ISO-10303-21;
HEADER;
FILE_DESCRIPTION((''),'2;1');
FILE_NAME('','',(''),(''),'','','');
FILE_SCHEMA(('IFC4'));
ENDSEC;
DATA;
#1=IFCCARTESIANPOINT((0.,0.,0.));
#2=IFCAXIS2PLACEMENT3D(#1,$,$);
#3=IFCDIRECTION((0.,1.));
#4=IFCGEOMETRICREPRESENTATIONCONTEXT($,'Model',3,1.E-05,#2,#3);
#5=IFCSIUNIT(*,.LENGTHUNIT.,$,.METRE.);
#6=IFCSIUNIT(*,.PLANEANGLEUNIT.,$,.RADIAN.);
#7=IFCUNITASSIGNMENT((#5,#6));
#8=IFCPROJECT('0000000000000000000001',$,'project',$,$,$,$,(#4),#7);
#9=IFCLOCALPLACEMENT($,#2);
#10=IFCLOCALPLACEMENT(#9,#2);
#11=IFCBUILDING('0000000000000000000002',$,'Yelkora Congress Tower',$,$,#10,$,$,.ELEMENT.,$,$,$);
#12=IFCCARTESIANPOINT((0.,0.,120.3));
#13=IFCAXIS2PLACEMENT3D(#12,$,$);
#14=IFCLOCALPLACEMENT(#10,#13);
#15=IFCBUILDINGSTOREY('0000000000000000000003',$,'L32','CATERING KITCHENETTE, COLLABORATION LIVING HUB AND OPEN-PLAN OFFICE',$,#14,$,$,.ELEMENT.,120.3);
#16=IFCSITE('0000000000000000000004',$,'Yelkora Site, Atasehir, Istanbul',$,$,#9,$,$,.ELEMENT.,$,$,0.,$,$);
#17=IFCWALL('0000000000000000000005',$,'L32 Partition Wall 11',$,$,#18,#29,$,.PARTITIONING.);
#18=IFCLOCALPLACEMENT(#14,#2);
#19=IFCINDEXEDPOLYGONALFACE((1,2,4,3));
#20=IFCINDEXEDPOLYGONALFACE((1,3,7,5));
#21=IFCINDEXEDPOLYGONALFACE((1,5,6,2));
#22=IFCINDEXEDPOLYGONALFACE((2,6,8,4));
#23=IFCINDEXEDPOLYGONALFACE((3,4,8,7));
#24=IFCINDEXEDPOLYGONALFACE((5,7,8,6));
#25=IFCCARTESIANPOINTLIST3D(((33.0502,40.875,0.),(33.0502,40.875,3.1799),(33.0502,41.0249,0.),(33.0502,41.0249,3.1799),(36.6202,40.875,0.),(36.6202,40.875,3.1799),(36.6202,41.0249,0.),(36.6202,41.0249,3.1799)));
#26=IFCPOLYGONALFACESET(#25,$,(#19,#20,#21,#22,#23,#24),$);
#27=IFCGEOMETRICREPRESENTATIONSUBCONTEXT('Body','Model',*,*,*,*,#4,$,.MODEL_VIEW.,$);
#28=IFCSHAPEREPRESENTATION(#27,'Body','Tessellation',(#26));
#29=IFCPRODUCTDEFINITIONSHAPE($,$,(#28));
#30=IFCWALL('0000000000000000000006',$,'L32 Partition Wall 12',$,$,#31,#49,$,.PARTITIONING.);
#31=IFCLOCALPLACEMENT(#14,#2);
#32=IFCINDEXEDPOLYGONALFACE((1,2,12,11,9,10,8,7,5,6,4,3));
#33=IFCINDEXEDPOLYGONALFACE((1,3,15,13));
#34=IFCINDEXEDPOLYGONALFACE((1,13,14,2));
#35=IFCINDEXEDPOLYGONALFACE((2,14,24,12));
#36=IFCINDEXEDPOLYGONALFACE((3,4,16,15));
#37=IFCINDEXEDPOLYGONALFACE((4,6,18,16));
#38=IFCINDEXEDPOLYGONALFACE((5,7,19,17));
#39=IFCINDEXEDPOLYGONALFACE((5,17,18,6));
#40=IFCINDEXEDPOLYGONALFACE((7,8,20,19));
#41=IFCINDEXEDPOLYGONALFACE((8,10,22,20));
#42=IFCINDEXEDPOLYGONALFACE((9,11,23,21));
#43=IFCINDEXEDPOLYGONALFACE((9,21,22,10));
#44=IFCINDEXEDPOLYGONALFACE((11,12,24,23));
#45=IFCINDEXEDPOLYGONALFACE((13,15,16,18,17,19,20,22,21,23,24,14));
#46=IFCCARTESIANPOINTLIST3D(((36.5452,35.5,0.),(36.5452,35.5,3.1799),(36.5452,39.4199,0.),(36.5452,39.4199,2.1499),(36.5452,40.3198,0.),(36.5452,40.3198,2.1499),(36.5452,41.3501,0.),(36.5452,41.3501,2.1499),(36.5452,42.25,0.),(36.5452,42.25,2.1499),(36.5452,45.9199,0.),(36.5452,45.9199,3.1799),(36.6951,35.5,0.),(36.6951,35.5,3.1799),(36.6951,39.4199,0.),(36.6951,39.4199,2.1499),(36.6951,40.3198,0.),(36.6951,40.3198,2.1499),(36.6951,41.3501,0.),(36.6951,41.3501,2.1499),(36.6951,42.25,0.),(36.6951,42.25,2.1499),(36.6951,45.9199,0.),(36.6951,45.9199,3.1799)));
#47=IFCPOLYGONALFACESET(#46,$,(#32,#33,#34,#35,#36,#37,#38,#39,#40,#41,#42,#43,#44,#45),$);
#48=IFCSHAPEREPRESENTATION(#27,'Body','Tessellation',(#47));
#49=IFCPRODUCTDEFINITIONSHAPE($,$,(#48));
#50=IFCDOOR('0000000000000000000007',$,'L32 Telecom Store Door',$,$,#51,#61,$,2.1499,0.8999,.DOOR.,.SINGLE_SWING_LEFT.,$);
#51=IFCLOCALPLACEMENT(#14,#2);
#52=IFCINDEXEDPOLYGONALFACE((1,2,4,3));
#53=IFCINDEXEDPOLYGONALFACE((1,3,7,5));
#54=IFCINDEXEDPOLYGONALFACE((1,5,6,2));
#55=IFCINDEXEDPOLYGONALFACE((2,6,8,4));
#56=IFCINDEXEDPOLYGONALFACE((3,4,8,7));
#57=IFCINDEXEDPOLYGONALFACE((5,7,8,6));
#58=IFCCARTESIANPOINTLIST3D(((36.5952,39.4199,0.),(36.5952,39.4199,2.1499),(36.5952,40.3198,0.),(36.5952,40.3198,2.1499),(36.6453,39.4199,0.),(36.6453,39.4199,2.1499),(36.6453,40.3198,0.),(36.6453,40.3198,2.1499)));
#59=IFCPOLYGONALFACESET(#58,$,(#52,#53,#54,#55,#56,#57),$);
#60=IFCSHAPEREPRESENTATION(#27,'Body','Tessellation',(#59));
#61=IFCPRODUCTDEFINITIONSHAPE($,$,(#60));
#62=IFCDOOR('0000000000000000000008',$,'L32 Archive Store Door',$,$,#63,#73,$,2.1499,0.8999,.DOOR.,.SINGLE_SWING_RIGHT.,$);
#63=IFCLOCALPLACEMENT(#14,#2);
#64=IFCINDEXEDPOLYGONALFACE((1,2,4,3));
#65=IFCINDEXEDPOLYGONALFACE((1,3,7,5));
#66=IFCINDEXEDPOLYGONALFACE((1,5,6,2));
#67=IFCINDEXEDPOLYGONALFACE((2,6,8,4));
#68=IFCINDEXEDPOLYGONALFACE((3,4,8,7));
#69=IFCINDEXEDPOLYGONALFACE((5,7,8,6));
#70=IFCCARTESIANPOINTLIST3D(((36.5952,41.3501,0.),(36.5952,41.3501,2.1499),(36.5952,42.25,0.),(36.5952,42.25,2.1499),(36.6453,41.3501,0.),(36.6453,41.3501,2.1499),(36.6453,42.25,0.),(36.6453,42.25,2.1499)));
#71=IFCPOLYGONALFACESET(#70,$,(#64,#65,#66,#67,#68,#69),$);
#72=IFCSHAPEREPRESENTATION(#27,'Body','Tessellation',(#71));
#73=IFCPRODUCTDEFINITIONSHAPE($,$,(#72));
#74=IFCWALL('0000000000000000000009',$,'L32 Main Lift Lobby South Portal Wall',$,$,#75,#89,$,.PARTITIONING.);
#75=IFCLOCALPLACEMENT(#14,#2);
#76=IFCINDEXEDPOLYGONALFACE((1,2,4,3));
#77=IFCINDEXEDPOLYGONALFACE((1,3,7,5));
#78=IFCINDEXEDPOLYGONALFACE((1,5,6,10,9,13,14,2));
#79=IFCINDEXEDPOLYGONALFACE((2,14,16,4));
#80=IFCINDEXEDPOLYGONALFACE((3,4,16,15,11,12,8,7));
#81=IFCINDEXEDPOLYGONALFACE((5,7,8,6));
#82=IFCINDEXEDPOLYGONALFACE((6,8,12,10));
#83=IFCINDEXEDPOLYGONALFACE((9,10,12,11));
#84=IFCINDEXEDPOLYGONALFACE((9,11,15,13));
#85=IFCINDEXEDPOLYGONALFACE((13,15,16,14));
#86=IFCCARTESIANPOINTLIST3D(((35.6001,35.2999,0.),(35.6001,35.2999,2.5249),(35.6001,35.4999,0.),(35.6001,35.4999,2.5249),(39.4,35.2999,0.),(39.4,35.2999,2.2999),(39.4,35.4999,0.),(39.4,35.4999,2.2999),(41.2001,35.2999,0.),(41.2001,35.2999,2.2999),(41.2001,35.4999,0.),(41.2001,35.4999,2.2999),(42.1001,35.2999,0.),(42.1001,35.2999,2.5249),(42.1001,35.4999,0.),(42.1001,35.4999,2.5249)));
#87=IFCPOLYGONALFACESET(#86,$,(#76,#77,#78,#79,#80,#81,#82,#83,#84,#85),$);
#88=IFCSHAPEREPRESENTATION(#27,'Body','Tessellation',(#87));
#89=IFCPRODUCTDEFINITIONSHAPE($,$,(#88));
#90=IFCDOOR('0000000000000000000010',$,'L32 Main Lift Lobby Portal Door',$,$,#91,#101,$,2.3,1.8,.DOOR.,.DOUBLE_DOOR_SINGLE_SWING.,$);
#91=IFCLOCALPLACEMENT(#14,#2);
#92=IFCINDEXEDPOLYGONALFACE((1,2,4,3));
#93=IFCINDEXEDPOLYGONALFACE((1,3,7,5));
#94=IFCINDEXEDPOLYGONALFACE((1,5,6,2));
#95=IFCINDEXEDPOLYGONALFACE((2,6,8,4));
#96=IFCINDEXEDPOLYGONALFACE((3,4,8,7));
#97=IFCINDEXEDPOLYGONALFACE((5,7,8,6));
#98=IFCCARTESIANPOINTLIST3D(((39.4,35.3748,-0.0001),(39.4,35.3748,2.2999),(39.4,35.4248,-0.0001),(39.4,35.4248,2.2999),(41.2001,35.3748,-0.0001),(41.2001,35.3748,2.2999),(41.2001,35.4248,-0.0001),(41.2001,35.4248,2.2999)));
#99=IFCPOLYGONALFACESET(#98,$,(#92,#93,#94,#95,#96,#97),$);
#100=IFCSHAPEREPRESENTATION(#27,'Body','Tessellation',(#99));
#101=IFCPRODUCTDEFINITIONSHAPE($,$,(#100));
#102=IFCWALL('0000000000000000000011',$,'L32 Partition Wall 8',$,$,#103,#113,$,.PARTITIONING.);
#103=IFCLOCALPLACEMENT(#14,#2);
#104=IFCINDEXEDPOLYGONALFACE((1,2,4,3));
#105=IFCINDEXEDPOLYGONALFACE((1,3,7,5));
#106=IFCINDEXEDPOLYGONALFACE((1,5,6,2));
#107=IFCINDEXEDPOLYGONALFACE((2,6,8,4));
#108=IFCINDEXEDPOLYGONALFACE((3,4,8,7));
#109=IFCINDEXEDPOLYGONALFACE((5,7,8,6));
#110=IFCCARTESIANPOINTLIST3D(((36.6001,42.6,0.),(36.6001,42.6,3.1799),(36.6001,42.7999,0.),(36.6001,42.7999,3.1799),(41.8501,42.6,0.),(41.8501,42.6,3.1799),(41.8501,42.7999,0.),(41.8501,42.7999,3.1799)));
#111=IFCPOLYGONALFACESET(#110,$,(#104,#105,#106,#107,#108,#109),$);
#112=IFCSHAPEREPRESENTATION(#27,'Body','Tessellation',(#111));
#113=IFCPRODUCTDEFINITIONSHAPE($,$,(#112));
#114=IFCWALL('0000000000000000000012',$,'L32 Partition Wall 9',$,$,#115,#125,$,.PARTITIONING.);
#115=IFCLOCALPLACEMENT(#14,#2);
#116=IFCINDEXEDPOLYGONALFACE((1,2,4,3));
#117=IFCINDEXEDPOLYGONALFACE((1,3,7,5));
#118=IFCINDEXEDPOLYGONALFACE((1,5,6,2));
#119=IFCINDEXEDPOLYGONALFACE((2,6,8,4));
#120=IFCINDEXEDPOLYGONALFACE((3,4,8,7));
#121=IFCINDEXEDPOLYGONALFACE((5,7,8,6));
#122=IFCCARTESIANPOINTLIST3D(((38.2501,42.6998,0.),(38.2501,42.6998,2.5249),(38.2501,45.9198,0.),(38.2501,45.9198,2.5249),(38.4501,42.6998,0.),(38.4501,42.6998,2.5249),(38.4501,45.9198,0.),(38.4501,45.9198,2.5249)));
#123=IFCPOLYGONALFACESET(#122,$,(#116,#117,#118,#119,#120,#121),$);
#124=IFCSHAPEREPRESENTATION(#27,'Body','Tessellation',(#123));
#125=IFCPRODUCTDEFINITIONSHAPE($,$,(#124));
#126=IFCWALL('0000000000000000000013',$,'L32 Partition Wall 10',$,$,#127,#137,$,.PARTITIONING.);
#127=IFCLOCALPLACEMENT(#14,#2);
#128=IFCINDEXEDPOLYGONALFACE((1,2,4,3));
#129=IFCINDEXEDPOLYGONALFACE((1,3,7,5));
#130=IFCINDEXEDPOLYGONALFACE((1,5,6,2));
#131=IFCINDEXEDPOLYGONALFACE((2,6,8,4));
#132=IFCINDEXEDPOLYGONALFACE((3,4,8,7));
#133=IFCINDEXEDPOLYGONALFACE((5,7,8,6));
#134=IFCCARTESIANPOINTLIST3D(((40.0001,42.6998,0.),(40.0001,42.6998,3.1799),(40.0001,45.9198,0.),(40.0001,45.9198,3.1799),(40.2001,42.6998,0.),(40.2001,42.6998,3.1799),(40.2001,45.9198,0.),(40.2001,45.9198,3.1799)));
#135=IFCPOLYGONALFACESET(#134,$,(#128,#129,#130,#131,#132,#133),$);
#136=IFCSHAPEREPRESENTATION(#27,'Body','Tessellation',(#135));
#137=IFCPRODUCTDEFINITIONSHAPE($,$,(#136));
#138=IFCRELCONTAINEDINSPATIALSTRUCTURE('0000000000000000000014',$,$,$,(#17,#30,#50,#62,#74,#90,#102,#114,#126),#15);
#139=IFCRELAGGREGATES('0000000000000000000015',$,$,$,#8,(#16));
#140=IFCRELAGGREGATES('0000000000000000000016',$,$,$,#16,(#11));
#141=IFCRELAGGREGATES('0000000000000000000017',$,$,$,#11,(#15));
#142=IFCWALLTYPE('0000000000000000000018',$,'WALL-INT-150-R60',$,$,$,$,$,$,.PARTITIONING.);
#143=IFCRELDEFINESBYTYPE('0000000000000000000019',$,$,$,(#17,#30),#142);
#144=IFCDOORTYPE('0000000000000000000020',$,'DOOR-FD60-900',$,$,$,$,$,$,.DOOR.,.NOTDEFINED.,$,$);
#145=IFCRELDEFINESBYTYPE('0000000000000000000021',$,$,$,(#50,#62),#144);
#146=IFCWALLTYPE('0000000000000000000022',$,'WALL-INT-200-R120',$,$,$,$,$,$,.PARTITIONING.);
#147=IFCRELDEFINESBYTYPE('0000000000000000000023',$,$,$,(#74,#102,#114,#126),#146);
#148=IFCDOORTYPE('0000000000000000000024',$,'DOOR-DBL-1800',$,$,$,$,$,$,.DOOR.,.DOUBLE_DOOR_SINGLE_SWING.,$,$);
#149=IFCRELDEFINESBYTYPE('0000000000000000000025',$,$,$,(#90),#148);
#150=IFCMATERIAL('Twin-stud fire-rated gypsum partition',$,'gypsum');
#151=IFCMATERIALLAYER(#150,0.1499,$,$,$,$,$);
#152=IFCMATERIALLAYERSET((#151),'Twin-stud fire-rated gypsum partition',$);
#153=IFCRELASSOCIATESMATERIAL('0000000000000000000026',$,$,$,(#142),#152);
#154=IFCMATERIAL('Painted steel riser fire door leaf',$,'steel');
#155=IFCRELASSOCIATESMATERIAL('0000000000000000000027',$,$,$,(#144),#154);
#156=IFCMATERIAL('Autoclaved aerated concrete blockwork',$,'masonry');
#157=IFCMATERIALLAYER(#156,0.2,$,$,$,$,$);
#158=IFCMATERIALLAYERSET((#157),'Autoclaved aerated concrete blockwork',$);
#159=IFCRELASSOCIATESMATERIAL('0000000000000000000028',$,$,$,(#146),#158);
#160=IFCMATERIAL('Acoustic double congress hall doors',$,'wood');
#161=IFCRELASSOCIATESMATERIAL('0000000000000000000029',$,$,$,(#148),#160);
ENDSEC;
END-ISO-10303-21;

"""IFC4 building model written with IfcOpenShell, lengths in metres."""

from ifc_helpers import new_model, si_unit, direction, frame, frame_2d, origin, place, context, subcontext, project, spatial, rectangle, extrude, material, layer, layer_set, type_object, element, fill, save


model = new_model("IFC4")

# Units and contexts
model_context = context("Model", 3, precision=1e-05, world=origin(), true_north=direction((0.0, 1.0)))
body_context = subcontext(model_context, "Body", "Model", "MODEL_VIEW")
ifc_project = project(units=[si_unit("LENGTHUNIT", "METRE"), si_unit("PLANEANGLEUNIT", "RADIAN")], contexts=[model_context])

# Site, building, storey
site_placement = place(None, origin())
site = spatial("IfcSite", under=ifc_project, at=site_placement, Name="Yelkora Site, Atasehir, Istanbul", CompositionType="ELEMENT", RefElevation=0.0)
building_placement = place(site_placement, origin())
building = spatial("IfcBuilding", under=site, at=building_placement, Name="Yelkora Congress Tower", CompositionType="ELEMENT")
storey_placement = place(building_placement, frame((0.0, 0.0, 120.3)))
storey = spatial("IfcBuildingStorey", under=building, at=storey_placement, Name="L32", Description="CATERING KITCHENETTE, COLLABORATION LIVING HUB AND OPEN-PLAN OFFICE", CompositionType="ELEMENT", Elevation=120.3)

# Wall
ifc_material_1 = material(Name="Twin-stud fire-rated gypsum partition", Category="gypsum")
ifc_layer_1 = layer(ifc_material_1, 0.1499)
ifc_layer_set_1 = layer_set([ifc_layer_1], Name="Twin-stud fire-rated gypsum partition")
wall_type_1 = type_object("IfcWallType", Name="WALL-INT-150-R60", PredefinedType="PARTITIONING", material=ifc_layer_set_1)
wall_1_placement = place(storey_placement, frame((33.05, 40.95, 0.0), z_axis=(0.0, 0.0, 1.0), x_axis=(1.0, 0.0, 0.0)))
element("IfcWall", 1, at=wall_1_placement, inside=storey, type_object=wall_type_1, Name="L32 Partition Wall 11", PredefinedType="PARTITIONING", context=body_context, shape_type="SweptSolid", body=[
    extrude(rectangle(XDim=3.5701, YDim=0.1499, at=frame_2d((1.7852, 0.0))), origin(), (0.0, 0.0, 1.0), 3.1799),
])

# Wall, openings, doors
wall_2_placement = place(storey_placement, frame((36.6201, 35.5, 0.0), z_axis=(0.0, 0.0, 1.0), x_axis=(0.0, 1.0, 0.0)))
wall_2 = element("IfcWall", 2, at=wall_2_placement, inside=storey, type_object=wall_type_1, Name="L32 Partition Wall 12", PredefinedType="PARTITIONING", context=body_context, shape_type="SweptSolid", body=[
    extrude(rectangle(XDim=10.4199, YDim=0.1499, at=frame_2d((5.21, 0.0))), origin(), (0.0, 0.0, 1.0), 3.1799),
])
opening_1_placement = place(wall_2_placement, frame((3.9199, 0.0, 0.0)))
opening_1 = element("IfcOpeningElement", 3, at=opening_1_placement, cuts=wall_2, PredefinedType="OPENING", context=body_context, shape_type="SweptSolid", body=[
    extrude(rectangle(XDim=0.8999, YDim=2.1499, at=frame_2d((0.45, 1.075))), frame((0.0, 0.085, 0.0), z_axis=(0.0, -1.0, 0.0), x_axis=(1.0, 0.0, 0.0)), (0.0, 0.0, 1.0), 0.1699),
])
opening_2_placement = place(wall_2_placement, frame((5.8501, 0.0, 0.0)))
opening_2 = element("IfcOpeningElement", 4, at=opening_2_placement, cuts=wall_2, PredefinedType="OPENING", context=body_context, shape_type="SweptSolid", body=[
    extrude(rectangle(XDim=0.8999, YDim=2.1499, at=frame_2d((0.45, 1.075))), frame((0.0, 0.085, 0.0), z_axis=(0.0, -1.0, 0.0), x_axis=(1.0, 0.0, 0.0)), (0.0, 0.0, 1.0), 0.1699),
])
ifc_material_2 = material(Name="Painted steel riser fire door leaf", Category="steel")
door_type_1 = type_object("IfcDoorType", Name="DOOR-FD60-900", OperationType="NOTDEFINED", PredefinedType="DOOR", material=ifc_material_2)
door_1_placement = place(opening_1_placement, origin())
door_1 = element("IfcDoor", 5, at=door_1_placement, inside=storey, type_object=door_type_1, Name="L32 Telecom Store Door", OperationType="SINGLE_SWING_LEFT", OverallHeight=2.1499, OverallWidth=0.8999, PredefinedType="DOOR", context=body_context, shape_type="SweptSolid", body=[
    extrude(rectangle(XDim=0.8999, YDim=2.1499, at=frame_2d((0.45, 1.075))), frame((0.0, 0.0249, 0.0), z_axis=(0.0, -1.0, 0.0), x_axis=(1.0, 0.0, 0.0)), (0.0, 0.0, 1.0), 0.05),
])
fill(opening_1, door_1)
door_2_placement = place(opening_2_placement, origin())
door_2 = element("IfcDoor", 6, at=door_2_placement, inside=storey, type_object=door_type_1, Name="L32 Archive Store Door", OperationType="SINGLE_SWING_RIGHT", OverallHeight=2.1499, OverallWidth=0.8999, PredefinedType="DOOR", context=body_context, shape_type="SweptSolid", body=[
    extrude(rectangle(XDim=0.8999, YDim=2.1499, at=frame_2d((0.45, 1.075))), frame((0.0, 0.0249, 0.0), z_axis=(0.0, -1.0, 0.0), x_axis=(1.0, 0.0, 0.0)), (0.0, 0.0, 1.0), 0.05),
])
fill(opening_2, door_2)

# Wall, opening, door
ifc_material_3 = material(Name="Autoclaved aerated concrete blockwork", Category="masonry")
ifc_layer_2 = layer(ifc_material_3, 0.2)
ifc_layer_set_2 = layer_set([ifc_layer_2], Name="Autoclaved aerated concrete blockwork")
wall_type_2 = type_object("IfcWallType", Name="WALL-INT-200-R120", PredefinedType="PARTITIONING", material=ifc_layer_set_2)
wall_3_placement = place(storey_placement, frame((35.6001, 35.3999, 0.0), z_axis=(0.0, 0.0, 1.0), x_axis=(1.0, 0.0, 0.0)))
wall_3 = element("IfcWall", 7, at=wall_3_placement, inside=storey, type_object=wall_type_2, Name="L32 Main Lift Lobby South Portal Wall", PredefinedType="PARTITIONING", context=body_context, shape_type="SweptSolid", body=[
    extrude(rectangle(XDim=6.5, YDim=0.2, at=frame_2d((3.25, 0.0))), origin(), (0.0, 0.0, 1.0), 2.5249),
])
opening_3_placement = place(wall_3_placement, frame((3.8, 0.0, 0.0)))
opening_3 = element("IfcOpeningElement", 8, at=opening_3_placement, cuts=wall_3, PredefinedType="OPENING", context=body_context, shape_type="SweptSolid", body=[
    extrude(rectangle(XDim=1.8, YDim=2.3, at=frame_2d((0.8999, 1.1499))), frame((0.0, 0.1099, 0.0), z_axis=(0.0, -1.0, 0.0), x_axis=(1.0, 0.0, 0.0)), (0.0, 0.0, 1.0), 0.22),
])
ifc_material_4 = material(Name="Acoustic double congress hall doors", Category="wood")
door_type_2 = type_object("IfcDoorType", Name="DOOR-DBL-1800", OperationType="DOUBLE_DOOR_SINGLE_SWING", PredefinedType="DOOR", material=ifc_material_4)
door_3_placement = place(opening_3_placement, origin())
door_3 = element("IfcDoor", 9, at=door_3_placement, inside=storey, type_object=door_type_2, Name="L32 Main Lift Lobby Portal Door", OperationType="DOUBLE_DOOR_SINGLE_SWING", OverallHeight=2.3, OverallWidth=1.8, PredefinedType="DOOR", context=body_context, shape_type="SweptSolid", body=[
    extrude(rectangle(XDim=1.8, YDim=2.3, at=frame_2d((0.8999, 1.1499))), frame((0.0, 0.0249, 0.0), z_axis=(0.0, -1.0, 0.0), x_axis=(1.0, 0.0, 0.0)), (0.0, 0.0, 1.0), 0.05),
])
fill(opening_3, door_3)

# Walls
wall_4_placement = place(storey_placement, frame((36.6001, 42.7, 0.0), z_axis=(0.0, 0.0, 1.0), x_axis=(1.0, 0.0, 0.0)))
element("IfcWall", 10, at=wall_4_placement, inside=storey, type_object=wall_type_2, Name="L32 Partition Wall 8", PredefinedType="PARTITIONING", context=body_context, shape_type="SweptSolid", body=[
    extrude(rectangle(XDim=5.25, YDim=0.2, at=frame_2d((2.625, 0.0))), origin(), (0.0, 0.0, 1.0), 3.1799),
])
wall_5_placement = place(storey_placement, frame((38.3501, 42.7, 0.0), z_axis=(0.0, 0.0, 1.0), x_axis=(0.0, 1.0, 0.0)))
element("IfcWall", 11, at=wall_5_placement, inside=storey, type_object=wall_type_2, Name="L32 Partition Wall 9", PredefinedType="PARTITIONING", context=body_context, shape_type="SweptSolid", body=[
    extrude(rectangle(XDim=3.22, YDim=0.2, at=frame_2d((1.6099, 0.0))), origin(), (0.0, 0.0, 1.0), 2.5249),
])
wall_6_placement = place(storey_placement, frame((40.1001, 42.7, 0.0), z_axis=(0.0, 0.0, 1.0), x_axis=(0.0, 1.0, 0.0)))
element("IfcWall", 12, at=wall_6_placement, inside=storey, type_object=wall_type_2, Name="L32 Partition Wall 10", PredefinedType="PARTITIONING", context=body_context, shape_type="SweptSolid", body=[
    extrude(rectangle(XDim=3.22, YDim=0.2, at=frame_2d((1.6099, 0.0))), origin(), (0.0, 0.0, 1.0), 3.1799),
])

save(model, "model.ifc")
